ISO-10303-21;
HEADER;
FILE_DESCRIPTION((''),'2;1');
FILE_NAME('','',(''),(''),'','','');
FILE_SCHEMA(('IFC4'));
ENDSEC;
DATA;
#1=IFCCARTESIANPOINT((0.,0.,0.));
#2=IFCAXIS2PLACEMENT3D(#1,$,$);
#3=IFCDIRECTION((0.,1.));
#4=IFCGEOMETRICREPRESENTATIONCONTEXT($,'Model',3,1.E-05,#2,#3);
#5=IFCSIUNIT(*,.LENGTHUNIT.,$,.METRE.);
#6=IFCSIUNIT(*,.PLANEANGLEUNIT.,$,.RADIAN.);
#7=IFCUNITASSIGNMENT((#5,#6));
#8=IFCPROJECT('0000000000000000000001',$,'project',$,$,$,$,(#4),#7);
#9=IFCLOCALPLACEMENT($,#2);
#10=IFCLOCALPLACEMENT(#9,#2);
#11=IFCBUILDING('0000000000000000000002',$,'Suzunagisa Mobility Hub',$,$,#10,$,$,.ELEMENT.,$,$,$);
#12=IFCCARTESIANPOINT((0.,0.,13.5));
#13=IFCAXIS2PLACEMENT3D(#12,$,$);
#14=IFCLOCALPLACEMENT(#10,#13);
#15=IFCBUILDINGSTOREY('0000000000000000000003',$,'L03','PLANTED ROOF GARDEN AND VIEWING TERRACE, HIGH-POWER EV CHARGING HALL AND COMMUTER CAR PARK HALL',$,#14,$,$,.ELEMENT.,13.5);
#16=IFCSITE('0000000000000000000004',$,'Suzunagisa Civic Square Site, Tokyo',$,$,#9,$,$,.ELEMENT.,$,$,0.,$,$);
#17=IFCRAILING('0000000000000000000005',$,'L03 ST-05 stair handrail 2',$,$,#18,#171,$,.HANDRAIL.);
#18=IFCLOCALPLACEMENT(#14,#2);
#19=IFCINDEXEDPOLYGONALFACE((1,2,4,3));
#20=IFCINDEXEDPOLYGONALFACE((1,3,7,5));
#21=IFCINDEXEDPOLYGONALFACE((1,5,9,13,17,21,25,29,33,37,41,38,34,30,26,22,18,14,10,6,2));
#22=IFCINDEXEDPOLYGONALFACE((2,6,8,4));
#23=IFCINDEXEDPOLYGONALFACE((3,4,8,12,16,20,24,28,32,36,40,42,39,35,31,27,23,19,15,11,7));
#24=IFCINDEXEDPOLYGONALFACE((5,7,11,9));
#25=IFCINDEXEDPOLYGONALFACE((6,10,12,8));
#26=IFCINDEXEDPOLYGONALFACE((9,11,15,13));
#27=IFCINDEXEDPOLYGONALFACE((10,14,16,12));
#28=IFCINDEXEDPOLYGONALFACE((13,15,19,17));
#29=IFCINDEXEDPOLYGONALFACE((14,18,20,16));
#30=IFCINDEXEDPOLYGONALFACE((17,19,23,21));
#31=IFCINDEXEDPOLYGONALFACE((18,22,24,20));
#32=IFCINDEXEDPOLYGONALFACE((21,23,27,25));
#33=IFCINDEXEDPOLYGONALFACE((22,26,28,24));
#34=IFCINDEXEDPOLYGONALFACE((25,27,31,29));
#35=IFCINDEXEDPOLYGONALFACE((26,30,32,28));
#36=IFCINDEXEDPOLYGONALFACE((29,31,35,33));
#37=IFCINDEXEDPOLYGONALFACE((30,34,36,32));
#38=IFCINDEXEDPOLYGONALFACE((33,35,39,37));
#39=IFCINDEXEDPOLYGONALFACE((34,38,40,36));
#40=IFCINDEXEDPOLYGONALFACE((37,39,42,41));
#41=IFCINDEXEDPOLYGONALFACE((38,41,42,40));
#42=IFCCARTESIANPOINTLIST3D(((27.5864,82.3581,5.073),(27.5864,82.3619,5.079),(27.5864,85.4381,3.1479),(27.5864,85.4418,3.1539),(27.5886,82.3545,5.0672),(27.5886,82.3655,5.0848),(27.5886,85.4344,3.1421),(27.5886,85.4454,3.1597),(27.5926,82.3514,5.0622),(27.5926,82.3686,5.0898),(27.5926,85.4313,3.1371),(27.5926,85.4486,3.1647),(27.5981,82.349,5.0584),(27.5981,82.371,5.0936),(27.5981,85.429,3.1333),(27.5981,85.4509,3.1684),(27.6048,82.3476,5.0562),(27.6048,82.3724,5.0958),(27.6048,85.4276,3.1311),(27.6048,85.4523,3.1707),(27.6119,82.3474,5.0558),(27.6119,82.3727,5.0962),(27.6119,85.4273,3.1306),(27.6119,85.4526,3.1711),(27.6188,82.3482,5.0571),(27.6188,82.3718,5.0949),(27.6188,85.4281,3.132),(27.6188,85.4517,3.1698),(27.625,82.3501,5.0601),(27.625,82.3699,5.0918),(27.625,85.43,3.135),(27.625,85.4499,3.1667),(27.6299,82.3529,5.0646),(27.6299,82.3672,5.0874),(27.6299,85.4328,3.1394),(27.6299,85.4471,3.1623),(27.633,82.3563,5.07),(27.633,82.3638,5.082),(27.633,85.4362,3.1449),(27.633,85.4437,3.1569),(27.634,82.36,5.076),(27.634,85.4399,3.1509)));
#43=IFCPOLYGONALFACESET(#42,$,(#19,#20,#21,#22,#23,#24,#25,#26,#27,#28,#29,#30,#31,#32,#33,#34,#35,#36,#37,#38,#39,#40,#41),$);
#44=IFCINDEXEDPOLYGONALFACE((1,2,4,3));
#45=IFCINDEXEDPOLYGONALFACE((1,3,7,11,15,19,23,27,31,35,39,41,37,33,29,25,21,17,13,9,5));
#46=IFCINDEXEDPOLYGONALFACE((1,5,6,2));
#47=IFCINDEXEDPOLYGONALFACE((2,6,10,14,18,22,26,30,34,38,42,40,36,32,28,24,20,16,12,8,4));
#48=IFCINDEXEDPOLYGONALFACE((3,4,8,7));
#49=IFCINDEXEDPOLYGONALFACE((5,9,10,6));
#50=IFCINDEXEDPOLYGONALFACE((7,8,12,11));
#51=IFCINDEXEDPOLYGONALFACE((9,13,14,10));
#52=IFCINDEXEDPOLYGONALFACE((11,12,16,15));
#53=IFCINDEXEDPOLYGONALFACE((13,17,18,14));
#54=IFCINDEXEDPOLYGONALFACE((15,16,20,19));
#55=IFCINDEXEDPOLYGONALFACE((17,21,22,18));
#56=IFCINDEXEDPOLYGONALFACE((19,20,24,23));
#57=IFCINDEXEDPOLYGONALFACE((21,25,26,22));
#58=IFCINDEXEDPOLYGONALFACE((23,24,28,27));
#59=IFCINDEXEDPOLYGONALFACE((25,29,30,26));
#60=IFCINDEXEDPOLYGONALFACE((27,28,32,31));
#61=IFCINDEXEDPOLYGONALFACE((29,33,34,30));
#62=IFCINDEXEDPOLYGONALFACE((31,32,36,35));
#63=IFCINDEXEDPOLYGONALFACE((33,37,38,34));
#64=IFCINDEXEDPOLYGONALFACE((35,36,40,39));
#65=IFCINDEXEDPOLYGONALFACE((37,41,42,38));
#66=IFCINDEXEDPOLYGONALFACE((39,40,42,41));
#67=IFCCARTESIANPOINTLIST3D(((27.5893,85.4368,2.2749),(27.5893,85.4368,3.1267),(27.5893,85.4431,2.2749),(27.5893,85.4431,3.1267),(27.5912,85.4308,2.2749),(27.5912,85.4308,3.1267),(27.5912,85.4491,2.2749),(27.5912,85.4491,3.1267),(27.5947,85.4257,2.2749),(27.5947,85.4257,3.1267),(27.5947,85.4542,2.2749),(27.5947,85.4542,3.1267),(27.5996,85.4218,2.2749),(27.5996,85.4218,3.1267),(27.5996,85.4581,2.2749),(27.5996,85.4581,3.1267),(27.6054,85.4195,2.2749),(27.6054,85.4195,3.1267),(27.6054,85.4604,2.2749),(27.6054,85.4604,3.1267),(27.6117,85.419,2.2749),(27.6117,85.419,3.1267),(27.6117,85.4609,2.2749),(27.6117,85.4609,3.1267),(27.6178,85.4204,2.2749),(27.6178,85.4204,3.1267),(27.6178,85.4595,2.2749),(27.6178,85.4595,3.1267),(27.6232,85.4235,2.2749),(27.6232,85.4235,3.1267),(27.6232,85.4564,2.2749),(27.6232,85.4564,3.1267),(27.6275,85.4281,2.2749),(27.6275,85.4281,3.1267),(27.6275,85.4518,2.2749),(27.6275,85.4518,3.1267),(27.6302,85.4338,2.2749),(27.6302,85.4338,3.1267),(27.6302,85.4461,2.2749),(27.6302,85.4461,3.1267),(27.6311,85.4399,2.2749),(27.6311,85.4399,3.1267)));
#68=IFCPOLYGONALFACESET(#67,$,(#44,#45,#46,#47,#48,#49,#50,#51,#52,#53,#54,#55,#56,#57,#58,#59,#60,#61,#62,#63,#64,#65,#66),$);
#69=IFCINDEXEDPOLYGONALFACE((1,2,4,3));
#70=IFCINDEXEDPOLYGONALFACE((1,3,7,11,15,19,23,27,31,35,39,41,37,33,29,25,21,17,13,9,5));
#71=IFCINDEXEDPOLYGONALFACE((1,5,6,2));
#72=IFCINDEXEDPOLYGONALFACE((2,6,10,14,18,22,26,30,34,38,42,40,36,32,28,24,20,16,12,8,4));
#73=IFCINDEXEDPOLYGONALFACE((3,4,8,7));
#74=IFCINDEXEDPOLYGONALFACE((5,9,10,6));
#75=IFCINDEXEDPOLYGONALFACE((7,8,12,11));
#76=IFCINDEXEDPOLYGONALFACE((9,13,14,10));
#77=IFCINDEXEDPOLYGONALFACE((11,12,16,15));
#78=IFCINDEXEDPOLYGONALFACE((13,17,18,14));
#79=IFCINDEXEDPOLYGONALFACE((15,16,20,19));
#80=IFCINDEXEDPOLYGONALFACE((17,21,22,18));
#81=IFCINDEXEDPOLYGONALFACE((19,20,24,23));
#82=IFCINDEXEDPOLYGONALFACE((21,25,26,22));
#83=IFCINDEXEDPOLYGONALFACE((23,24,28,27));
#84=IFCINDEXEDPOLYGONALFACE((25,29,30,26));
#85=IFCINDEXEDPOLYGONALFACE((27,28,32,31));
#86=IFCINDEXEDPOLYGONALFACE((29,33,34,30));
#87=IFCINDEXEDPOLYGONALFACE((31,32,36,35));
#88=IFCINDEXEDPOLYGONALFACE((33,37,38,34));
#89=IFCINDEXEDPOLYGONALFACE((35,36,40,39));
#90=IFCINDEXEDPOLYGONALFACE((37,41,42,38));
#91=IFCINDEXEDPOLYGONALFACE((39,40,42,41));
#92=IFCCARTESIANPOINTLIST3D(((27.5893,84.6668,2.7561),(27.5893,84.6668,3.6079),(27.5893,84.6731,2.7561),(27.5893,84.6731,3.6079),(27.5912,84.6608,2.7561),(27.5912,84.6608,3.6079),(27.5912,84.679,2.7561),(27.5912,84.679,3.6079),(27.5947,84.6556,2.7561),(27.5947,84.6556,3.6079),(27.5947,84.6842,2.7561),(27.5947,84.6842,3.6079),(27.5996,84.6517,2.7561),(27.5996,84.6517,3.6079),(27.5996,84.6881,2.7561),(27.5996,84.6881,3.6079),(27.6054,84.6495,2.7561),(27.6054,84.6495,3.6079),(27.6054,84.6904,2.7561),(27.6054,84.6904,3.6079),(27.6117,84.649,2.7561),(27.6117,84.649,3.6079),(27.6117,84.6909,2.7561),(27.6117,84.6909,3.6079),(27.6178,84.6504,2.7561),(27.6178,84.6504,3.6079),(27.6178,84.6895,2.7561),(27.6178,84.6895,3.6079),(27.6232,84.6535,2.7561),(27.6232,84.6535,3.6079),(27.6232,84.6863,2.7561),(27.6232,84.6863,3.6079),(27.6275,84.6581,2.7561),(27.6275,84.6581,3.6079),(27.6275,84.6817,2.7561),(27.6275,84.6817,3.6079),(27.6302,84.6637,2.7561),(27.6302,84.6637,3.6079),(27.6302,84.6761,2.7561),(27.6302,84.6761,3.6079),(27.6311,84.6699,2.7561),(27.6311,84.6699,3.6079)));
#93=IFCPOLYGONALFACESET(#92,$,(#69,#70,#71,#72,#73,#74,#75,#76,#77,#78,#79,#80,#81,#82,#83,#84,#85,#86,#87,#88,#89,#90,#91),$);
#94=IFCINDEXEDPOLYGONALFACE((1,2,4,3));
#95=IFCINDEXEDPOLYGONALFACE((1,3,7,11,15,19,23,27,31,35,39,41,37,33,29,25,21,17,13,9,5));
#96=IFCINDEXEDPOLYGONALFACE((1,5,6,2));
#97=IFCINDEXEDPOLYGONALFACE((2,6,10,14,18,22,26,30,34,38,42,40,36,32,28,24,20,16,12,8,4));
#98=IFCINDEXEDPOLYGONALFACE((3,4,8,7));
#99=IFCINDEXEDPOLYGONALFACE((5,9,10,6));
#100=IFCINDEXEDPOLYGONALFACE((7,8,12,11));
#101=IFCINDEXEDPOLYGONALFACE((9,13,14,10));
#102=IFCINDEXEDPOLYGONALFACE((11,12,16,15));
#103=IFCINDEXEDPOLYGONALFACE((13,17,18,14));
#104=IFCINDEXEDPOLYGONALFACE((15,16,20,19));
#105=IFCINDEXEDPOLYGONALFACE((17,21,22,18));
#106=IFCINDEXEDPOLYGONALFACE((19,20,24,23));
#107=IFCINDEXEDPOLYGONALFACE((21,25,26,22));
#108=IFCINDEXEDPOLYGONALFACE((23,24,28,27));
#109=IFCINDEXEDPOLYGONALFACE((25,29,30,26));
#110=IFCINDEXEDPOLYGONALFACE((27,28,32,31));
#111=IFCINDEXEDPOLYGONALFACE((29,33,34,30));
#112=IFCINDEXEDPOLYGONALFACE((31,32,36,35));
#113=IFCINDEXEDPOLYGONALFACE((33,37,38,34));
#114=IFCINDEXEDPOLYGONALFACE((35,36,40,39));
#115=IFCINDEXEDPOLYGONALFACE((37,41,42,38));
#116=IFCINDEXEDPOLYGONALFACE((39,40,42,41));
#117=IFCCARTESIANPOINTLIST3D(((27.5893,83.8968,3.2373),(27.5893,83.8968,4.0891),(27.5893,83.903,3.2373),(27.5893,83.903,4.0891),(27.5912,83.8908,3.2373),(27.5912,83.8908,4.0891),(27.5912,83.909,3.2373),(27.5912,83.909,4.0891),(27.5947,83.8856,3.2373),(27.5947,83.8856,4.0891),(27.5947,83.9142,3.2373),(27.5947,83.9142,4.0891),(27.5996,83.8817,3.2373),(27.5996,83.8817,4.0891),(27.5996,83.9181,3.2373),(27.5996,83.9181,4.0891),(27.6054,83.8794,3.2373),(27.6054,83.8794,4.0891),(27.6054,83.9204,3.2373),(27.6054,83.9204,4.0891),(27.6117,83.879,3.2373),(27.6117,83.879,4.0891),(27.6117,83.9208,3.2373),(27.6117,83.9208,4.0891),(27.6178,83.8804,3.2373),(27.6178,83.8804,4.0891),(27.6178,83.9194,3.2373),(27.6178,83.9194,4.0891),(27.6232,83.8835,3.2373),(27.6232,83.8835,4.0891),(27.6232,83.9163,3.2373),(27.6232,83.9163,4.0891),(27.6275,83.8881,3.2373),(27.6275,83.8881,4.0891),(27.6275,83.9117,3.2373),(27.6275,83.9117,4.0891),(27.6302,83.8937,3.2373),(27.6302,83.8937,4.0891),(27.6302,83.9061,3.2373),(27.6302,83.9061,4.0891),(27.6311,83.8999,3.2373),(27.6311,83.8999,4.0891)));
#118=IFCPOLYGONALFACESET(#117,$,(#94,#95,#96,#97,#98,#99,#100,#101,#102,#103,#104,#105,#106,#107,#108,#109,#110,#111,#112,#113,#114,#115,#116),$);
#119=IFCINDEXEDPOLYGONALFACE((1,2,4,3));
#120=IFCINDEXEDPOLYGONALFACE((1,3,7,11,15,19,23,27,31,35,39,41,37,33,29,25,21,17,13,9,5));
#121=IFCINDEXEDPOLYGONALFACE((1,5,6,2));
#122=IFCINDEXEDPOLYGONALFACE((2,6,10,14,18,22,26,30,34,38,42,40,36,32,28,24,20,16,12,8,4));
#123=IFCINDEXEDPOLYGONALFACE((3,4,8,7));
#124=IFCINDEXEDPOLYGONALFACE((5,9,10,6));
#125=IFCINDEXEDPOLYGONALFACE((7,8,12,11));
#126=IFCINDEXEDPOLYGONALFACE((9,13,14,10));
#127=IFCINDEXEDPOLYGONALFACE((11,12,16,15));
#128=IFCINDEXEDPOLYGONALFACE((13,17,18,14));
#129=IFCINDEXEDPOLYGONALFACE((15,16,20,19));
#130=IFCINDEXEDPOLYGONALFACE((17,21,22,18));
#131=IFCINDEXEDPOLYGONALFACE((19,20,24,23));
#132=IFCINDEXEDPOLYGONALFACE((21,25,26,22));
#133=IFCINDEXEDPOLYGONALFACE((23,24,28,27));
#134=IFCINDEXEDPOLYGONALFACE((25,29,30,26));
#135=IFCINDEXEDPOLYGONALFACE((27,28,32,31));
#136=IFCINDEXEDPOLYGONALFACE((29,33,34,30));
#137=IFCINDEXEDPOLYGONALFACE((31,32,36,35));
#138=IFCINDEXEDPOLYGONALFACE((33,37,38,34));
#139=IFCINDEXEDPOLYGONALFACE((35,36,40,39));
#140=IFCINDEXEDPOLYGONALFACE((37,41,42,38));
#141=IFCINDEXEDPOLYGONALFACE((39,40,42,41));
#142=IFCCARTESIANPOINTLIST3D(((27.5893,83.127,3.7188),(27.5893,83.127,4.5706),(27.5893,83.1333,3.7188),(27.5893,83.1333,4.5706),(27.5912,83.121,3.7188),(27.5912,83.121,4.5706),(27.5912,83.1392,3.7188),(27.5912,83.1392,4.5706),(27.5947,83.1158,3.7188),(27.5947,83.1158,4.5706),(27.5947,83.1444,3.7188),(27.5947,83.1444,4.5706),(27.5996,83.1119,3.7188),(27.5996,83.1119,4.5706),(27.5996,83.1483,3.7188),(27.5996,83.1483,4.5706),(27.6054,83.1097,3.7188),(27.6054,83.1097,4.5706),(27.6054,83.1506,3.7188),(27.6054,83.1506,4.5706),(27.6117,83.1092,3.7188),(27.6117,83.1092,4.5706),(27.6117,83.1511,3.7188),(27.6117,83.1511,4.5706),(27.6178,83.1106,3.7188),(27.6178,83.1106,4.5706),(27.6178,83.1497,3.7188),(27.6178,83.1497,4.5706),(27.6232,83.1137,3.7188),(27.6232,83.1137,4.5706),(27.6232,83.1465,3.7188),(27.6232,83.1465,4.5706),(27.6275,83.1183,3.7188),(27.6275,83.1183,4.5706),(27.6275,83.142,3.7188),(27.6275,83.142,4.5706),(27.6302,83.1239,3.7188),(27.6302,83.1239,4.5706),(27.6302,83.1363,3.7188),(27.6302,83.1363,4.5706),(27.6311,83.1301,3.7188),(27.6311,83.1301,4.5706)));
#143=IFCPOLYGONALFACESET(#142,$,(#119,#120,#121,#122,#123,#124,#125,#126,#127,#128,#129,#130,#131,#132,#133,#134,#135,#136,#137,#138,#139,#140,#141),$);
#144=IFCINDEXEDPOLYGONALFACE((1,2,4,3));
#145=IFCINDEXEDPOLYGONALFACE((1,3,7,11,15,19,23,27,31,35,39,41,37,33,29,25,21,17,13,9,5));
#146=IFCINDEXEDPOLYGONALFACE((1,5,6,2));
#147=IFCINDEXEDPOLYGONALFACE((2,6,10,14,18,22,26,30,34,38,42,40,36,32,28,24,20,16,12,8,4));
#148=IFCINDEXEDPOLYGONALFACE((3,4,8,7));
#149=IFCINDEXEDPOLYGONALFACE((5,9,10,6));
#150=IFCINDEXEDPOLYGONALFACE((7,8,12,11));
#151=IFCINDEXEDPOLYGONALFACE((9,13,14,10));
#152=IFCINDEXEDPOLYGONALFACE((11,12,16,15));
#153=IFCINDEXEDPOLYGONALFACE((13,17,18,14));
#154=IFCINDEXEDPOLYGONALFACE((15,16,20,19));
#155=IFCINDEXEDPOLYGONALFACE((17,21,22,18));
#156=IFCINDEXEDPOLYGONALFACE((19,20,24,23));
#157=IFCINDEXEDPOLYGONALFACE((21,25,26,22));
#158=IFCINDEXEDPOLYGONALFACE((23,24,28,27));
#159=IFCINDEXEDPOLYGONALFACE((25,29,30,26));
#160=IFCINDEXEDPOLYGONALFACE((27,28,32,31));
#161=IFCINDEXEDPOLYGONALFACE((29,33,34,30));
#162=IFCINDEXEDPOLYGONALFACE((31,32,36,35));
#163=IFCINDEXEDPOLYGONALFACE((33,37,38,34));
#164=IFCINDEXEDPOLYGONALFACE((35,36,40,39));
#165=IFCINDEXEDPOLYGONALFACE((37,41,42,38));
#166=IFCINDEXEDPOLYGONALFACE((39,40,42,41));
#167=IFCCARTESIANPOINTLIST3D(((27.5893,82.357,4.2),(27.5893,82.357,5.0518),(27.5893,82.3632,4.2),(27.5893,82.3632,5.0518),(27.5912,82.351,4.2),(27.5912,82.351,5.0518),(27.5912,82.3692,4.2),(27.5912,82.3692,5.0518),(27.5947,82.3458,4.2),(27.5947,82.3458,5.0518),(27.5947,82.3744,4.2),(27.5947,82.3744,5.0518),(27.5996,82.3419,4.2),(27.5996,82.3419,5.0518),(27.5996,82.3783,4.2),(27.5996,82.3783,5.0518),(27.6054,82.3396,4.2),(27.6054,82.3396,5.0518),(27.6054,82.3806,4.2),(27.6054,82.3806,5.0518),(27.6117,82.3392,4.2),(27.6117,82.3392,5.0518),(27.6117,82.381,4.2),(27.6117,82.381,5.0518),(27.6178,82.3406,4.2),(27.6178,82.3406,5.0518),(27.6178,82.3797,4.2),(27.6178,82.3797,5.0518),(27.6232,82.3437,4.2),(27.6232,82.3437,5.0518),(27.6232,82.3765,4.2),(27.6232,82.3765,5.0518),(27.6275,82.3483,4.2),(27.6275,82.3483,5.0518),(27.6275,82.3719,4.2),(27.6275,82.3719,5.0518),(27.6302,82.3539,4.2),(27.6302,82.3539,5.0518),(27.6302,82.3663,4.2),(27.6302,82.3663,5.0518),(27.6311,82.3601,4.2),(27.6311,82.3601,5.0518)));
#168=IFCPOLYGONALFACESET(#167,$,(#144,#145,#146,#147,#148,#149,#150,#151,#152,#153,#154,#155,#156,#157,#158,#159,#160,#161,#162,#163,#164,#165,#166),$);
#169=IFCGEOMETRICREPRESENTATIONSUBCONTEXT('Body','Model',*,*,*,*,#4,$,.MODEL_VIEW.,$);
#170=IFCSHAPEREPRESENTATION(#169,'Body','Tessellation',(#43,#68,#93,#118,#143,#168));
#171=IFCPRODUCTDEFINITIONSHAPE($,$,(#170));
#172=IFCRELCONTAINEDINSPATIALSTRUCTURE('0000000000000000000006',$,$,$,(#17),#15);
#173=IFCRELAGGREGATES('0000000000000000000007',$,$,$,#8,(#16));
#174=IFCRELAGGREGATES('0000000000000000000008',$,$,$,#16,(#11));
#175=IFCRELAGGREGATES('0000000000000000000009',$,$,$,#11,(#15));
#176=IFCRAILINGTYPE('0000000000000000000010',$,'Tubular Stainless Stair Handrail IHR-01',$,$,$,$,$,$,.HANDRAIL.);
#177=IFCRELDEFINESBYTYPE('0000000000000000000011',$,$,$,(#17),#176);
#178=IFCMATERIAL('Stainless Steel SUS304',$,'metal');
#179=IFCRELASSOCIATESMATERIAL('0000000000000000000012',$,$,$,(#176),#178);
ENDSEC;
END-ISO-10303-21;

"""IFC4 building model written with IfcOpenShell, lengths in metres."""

from ifc_helpers import new_model, si_unit, direction, frame, origin, origin_2d, place, context, subcontext, project, spatial, circle, extrude, material, type_object, element, save


model = new_model("IFC4")

# Units and contexts
model_context = context("Model", 3, precision=1e-05, world=origin(), true_north=direction((0.0, 1.0)))
body_context = subcontext(model_context, "Body", "Model", "MODEL_VIEW")
ifc_project = project(units=[si_unit("LENGTHUNIT", "METRE"), si_unit("PLANEANGLEUNIT", "RADIAN")], contexts=[model_context])

# Site, building, storey
site_placement = place(None, origin())
site = spatial("IfcSite", under=ifc_project, at=site_placement, Name="Suzunagisa Civic Square Site, Tokyo", CompositionType="ELEMENT", RefElevation=0.0)
building_placement = place(site_placement, origin())
building = spatial("IfcBuilding", under=site, at=building_placement, Name="Suzunagisa Mobility Hub", CompositionType="ELEMENT")
storey_placement = place(building_placement, frame((0.0, 0.0, 13.5)))
storey = spatial("IfcBuildingStorey", under=building, at=storey_placement, Name="L03", Description="PLANTED ROOF GARDEN AND VIEWING TERRACE, HIGH-POWER EV CHARGING HALL AND COMMUTER CAR PARK HALL", CompositionType="ELEMENT", Elevation=13.5)

# Railing
ifc_material_1 = material(Name="Stainless Steel SUS304", Category="metal")
railing_type_1 = type_object("IfcRailingType", Name="Tubular Stainless Stair Handrail IHR-01", PredefinedType="HANDRAIL", material=ifc_material_1)
railing_1_placement = place(storey_placement, frame((27.6101, 85.4399, 2.2749)))
element("IfcRailing", 1, at=railing_1_placement, inside=storey, type_object=railing_type_1, Name="L03 ST-05 stair handrail 2", PredefinedType="HANDRAIL", context=body_context, shape_type="SweptSolid", body=[
    extrude(circle(Radius=0.0239, at=origin_2d()), frame((0.0, 0.0, 0.876), z_axis=(0.0, -0.847979, 0.530029), x_axis=(1.0, 0.0, 0.0)), (0.0, 0.0, 1.0), 3.6321),
    extrude(circle(Radius=0.021, at=origin_2d()), origin(), (0.0, 0.0, 1.0), 0.8518),
    extrude(circle(Radius=0.021, at=origin_2d()), frame((0.0, -0.77, 0.4812)), (0.0, 0.0, 1.0), 0.8518),
    extrude(circle(Radius=0.021, at=origin_2d()), frame((0.0, -1.54, 0.9624)), (0.0, 0.0, 1.0), 0.8518),
    extrude(circle(Radius=0.021, at=origin_2d()), frame((0.0, -2.3098, 1.4438)), (0.0, 0.0, 1.0), 0.8518),
    extrude(circle(Radius=0.021, at=origin_2d()), frame((0.0, -3.0798, 1.925)), (0.0, 0.0, 1.0), 0.8518),
])

save(model, "model.ifc")
